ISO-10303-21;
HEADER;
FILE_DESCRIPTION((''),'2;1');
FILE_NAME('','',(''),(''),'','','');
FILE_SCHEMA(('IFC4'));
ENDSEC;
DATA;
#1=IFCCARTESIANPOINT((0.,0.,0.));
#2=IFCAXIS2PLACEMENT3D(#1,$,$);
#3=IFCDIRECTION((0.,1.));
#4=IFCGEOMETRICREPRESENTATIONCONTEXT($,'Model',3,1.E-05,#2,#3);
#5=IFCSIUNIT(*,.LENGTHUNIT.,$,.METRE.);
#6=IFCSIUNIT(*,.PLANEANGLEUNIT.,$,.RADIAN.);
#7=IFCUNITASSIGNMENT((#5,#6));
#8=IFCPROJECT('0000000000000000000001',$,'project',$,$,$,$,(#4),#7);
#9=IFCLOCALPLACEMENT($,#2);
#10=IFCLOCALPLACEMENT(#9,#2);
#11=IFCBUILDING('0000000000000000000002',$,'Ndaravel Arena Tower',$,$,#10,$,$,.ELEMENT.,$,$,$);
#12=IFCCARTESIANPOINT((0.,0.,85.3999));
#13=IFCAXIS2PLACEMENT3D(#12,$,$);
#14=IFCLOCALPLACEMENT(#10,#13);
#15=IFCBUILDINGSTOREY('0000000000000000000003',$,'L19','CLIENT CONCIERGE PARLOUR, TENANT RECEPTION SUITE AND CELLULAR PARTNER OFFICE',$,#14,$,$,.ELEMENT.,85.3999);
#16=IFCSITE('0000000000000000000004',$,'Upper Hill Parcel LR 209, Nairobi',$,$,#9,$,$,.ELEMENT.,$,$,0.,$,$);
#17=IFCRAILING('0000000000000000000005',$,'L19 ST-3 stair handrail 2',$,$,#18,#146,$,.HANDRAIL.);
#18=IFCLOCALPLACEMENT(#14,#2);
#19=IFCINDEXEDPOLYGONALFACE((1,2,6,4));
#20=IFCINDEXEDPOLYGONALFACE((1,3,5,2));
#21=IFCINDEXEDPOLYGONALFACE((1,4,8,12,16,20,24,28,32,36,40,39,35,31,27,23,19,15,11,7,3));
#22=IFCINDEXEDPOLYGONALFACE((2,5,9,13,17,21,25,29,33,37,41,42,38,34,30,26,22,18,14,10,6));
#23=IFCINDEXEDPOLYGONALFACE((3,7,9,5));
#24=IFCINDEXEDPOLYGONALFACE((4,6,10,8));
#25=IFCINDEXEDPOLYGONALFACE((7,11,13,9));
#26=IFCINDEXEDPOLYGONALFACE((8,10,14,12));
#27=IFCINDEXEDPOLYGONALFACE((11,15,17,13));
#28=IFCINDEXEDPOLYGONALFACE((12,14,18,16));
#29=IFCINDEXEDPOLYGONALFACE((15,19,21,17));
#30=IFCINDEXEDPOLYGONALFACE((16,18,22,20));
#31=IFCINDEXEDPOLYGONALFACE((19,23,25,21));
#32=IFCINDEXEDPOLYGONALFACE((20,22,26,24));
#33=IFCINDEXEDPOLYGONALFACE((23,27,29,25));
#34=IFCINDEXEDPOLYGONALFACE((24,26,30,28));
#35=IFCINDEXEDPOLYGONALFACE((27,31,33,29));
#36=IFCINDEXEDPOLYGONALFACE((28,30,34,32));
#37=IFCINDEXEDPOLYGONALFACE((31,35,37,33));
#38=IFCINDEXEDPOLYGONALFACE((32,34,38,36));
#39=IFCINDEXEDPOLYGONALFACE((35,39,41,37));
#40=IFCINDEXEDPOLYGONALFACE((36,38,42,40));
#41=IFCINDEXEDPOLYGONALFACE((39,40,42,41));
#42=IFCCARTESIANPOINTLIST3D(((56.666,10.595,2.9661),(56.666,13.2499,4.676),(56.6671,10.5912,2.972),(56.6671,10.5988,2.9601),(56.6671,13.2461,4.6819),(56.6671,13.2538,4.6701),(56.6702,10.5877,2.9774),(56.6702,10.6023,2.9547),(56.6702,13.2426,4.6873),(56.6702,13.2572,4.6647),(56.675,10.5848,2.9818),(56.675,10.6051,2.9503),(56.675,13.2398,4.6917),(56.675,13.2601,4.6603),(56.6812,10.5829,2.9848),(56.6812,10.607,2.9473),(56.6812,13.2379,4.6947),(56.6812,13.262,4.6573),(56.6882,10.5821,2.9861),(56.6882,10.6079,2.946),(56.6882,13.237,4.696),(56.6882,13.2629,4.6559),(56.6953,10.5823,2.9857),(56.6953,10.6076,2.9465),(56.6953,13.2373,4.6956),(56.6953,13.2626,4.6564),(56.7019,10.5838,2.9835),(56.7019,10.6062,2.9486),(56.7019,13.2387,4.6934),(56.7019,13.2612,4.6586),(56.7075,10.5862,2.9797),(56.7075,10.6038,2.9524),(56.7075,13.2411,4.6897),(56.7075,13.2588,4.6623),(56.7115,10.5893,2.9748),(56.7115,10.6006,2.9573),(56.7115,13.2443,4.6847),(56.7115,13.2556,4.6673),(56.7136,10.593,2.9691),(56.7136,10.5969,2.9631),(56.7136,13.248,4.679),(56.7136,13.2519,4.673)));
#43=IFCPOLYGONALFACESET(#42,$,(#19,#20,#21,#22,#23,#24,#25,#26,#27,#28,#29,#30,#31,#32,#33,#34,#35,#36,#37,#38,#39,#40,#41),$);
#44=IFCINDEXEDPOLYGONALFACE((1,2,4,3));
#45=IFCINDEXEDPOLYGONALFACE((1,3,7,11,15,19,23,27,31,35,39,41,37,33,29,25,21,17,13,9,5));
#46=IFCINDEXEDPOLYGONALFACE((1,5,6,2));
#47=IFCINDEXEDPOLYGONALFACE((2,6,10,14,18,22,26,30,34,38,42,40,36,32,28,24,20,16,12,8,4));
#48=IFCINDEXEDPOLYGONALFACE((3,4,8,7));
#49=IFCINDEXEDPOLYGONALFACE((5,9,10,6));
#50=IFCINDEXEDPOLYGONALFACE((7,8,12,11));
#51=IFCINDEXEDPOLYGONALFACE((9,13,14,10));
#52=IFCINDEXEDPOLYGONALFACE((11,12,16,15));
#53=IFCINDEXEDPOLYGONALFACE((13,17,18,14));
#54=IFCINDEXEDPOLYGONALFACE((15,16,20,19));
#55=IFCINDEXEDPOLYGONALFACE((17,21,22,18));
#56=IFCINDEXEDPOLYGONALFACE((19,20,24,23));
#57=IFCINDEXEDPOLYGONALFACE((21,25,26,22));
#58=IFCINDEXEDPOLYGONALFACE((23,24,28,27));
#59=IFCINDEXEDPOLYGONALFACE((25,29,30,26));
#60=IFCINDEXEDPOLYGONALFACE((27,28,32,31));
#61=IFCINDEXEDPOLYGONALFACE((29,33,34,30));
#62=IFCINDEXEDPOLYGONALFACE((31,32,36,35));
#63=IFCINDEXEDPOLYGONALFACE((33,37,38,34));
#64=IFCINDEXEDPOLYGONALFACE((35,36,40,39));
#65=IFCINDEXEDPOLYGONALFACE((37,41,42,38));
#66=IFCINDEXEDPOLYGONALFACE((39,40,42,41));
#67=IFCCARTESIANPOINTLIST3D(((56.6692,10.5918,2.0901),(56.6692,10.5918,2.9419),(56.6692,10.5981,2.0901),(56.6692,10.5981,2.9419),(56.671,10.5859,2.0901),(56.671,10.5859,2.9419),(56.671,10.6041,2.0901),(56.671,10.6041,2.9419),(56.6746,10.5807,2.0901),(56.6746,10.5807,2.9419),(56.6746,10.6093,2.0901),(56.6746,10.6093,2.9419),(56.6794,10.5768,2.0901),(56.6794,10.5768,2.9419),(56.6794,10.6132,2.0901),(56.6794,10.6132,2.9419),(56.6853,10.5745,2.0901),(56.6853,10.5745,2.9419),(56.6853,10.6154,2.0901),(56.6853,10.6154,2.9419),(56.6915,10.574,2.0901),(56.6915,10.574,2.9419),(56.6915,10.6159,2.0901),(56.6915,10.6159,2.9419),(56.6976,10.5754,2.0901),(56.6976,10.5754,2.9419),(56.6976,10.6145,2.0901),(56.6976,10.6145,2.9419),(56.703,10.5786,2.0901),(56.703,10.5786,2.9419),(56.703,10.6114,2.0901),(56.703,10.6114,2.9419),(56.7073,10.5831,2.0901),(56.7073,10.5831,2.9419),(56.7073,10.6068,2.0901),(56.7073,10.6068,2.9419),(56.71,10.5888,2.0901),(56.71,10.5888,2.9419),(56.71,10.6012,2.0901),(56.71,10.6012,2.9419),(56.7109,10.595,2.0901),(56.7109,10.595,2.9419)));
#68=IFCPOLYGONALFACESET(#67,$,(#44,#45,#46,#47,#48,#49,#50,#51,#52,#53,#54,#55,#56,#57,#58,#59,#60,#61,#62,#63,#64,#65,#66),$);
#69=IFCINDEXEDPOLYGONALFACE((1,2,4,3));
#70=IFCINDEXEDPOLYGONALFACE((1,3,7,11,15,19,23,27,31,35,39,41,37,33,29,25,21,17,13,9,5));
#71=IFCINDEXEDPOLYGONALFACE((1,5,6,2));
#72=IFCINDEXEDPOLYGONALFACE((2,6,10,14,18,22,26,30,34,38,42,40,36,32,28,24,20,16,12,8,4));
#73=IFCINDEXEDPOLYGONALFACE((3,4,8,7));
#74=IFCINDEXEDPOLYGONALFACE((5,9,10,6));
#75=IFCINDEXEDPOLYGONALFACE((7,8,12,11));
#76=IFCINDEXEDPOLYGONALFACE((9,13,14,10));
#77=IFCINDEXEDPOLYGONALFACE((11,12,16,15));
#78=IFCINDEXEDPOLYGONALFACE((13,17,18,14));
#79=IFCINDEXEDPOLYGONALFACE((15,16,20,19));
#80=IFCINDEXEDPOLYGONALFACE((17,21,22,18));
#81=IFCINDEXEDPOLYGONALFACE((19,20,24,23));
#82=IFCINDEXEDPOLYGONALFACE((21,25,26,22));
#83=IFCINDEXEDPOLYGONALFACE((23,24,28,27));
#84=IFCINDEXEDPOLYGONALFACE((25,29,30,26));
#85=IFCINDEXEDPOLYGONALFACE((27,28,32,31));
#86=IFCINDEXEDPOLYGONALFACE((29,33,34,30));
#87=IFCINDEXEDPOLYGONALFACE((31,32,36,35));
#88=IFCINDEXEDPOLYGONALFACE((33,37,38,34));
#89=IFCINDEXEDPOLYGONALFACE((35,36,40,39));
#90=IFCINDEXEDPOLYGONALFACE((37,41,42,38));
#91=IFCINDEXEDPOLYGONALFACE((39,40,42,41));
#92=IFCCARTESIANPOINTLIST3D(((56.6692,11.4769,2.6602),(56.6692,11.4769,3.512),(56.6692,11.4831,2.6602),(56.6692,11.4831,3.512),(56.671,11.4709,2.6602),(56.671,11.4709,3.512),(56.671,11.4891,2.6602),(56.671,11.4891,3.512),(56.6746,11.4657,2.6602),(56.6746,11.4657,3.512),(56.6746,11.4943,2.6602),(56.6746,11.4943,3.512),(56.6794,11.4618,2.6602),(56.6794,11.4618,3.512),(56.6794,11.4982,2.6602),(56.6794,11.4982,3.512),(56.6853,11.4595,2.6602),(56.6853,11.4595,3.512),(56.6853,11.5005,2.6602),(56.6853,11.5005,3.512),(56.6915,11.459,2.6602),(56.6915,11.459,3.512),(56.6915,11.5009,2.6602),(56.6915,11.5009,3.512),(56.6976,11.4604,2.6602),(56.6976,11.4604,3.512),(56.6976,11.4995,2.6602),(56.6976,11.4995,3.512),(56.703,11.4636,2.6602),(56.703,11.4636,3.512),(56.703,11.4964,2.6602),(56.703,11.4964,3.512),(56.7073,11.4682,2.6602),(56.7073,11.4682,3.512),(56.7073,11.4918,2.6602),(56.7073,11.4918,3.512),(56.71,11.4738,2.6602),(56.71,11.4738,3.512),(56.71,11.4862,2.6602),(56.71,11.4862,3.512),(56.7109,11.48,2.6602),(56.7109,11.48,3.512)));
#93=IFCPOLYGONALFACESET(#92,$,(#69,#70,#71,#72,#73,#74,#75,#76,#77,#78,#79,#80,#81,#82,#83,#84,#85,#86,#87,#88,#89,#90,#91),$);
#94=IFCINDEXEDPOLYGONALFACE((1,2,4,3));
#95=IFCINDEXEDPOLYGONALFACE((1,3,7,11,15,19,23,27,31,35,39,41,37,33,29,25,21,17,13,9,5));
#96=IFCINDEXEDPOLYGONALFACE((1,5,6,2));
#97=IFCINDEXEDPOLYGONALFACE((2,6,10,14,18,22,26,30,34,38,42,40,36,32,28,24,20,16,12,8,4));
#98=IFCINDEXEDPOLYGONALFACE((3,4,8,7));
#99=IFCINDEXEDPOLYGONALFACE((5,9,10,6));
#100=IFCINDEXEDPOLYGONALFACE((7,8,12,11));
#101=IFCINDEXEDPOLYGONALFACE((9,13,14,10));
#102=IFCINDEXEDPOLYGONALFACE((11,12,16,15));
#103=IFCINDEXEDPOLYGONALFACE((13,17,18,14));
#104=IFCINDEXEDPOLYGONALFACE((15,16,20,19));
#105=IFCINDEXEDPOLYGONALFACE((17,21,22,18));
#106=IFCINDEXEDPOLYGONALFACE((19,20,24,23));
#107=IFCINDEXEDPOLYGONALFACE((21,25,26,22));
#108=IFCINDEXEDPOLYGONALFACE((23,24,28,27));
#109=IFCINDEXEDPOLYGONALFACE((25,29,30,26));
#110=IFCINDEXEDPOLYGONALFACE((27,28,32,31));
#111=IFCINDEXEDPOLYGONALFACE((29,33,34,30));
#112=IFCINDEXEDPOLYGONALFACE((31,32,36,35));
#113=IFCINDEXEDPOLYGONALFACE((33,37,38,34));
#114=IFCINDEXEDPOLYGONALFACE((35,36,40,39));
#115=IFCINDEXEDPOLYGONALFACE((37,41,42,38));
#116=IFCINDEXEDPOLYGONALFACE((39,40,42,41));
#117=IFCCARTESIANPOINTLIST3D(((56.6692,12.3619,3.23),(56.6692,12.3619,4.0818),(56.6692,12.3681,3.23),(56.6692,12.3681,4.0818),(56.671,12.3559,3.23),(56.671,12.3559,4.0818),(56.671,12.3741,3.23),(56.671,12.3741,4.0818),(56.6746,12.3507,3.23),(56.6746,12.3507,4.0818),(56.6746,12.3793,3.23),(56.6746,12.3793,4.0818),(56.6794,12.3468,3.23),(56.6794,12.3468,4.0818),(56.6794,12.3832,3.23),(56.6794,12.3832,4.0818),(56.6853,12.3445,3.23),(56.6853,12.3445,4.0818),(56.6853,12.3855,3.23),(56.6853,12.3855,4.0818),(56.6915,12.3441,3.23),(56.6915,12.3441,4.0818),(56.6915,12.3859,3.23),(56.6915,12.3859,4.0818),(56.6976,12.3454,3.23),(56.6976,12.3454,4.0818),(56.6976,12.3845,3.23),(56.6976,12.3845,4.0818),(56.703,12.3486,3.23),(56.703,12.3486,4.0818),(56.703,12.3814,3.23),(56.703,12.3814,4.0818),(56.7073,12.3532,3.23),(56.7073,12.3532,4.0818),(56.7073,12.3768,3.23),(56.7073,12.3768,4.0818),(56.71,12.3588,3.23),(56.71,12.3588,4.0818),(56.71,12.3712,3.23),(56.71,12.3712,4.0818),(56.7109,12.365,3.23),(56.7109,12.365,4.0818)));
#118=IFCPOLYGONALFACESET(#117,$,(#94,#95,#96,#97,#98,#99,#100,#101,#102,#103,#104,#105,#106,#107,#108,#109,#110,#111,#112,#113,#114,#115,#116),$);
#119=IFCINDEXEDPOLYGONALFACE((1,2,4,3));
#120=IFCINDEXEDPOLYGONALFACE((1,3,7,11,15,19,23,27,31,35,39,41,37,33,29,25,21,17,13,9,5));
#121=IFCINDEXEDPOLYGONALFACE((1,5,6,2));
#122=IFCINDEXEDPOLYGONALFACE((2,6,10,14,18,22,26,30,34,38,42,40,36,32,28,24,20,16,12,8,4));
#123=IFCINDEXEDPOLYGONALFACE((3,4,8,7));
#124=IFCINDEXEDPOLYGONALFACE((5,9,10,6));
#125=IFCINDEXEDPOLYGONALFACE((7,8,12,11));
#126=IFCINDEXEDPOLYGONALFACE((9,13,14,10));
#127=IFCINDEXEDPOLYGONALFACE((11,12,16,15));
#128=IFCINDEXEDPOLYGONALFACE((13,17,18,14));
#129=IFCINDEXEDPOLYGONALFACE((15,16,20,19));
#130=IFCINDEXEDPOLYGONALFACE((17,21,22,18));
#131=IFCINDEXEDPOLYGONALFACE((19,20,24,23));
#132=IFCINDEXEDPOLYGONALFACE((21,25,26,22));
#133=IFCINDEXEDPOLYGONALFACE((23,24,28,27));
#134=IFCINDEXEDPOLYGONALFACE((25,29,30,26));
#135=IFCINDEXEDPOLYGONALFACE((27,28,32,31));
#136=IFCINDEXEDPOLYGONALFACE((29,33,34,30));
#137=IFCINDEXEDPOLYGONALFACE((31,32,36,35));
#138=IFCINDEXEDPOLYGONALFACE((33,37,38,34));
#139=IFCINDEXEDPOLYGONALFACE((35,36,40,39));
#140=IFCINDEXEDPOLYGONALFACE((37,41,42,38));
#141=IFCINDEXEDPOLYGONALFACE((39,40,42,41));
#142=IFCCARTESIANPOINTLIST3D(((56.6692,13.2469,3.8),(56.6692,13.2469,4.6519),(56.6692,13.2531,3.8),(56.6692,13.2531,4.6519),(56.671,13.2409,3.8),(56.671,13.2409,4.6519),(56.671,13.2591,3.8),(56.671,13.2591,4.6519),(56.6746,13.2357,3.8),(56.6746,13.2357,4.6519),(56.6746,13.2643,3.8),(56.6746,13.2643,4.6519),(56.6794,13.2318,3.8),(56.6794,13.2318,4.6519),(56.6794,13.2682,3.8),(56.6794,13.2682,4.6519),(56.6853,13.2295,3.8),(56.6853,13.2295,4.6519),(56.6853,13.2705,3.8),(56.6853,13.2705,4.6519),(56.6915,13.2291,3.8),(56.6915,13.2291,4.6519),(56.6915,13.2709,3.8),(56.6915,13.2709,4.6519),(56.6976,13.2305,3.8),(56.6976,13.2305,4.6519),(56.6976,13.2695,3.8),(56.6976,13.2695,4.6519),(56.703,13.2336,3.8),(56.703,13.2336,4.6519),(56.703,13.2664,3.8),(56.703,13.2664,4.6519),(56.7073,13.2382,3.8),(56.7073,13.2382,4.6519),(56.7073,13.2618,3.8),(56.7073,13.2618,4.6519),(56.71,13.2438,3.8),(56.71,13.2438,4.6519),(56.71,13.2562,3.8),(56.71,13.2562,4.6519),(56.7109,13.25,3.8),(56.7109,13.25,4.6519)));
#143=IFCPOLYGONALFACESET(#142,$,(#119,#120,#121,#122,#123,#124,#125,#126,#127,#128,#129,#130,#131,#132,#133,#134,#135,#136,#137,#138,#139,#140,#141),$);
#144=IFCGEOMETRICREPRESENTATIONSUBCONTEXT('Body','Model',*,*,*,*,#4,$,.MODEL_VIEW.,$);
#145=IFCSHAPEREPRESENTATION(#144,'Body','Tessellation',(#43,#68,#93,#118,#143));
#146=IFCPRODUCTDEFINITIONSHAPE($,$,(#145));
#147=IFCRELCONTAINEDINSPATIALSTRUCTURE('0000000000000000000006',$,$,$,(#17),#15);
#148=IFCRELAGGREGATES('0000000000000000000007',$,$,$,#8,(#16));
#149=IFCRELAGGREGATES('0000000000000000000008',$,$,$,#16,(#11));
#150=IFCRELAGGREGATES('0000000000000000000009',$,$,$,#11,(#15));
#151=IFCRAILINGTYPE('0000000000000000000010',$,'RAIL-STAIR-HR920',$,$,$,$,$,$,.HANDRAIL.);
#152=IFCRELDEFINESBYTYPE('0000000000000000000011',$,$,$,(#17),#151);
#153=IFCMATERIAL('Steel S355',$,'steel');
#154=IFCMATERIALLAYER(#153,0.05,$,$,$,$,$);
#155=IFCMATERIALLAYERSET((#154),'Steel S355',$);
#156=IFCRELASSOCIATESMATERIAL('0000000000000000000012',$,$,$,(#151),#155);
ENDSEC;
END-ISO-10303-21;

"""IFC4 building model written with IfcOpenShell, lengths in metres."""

from ifc_helpers import new_model, si_unit, direction, frame, origin, origin_2d, place, context, subcontext, project, spatial, circle, extrude, material, layer, layer_set, type_object, element, save


model = new_model("IFC4")

# Units and contexts
model_context = context("Model", 3, precision=1e-05, world=origin(), true_north=direction((0.0, 1.0)))
body_context = subcontext(model_context, "Body", "Model", "MODEL_VIEW")
ifc_project = project(units=[si_unit("LENGTHUNIT", "METRE"), si_unit("PLANEANGLEUNIT", "RADIAN")], contexts=[model_context])

# Site, building, storey
site_placement = place(None, origin())
site = spatial("IfcSite", under=ifc_project, at=site_placement, Name="Upper Hill Parcel LR 209, Nairobi", CompositionType="ELEMENT", RefElevation=0.0)
building_placement = place(site_placement, origin())
building = spatial("IfcBuilding", under=site, at=building_placement, Name="Ndaravel Arena Tower", CompositionType="ELEMENT")
storey_placement = place(building_placement, frame((0.0, 0.0, 85.3999)))
storey = spatial("IfcBuildingStorey", under=building, at=storey_placement, Name="L19", Description="CLIENT CONCIERGE PARLOUR, TENANT RECEPTION SUITE AND CELLULAR PARTNER OFFICE", CompositionType="ELEMENT", Elevation=85.3999)

# Railing
ifc_material_1 = material(Name="Steel S355", Category="steel")
ifc_layer_1 = layer(ifc_material_1, 0.05)
ifc_layer_set_1 = layer_set([ifc_layer_1], Name="Steel S355")
railing_type_1 = type_object("IfcRailingType", Name="RAIL-STAIR-HR920", PredefinedType="HANDRAIL", material=ifc_layer_set_1)
railing_1_placement = place(storey_placement, frame((56.6899, 10.595, 2.0901)))
element("IfcRailing", 1, at=railing_1_placement, inside=storey, type_object=railing_type_1, Name="L19 ST-3 stair handrail 2", PredefinedType="HANDRAIL", context=body_context, shape_type="SweptSolid", body=[
    extrude(circle(Radius=0.0239, at=origin_2d()), frame((0.0, 0.0, 0.876), z_axis=(0.0, 0.840724, 0.541465), x_axis=(-1.0, 0.0, 0.0)), (0.0, 0.0, 1.0), 3.158),
    extrude(circle(Radius=0.021, at=origin_2d()), origin(), (0.0, 0.0, 1.0), 0.8518),
    extrude(circle(Radius=0.021, at=origin_2d()), frame((0.0, 0.885, 0.5701)), (0.0, 0.0, 1.0), 0.8518),
    extrude(circle(Radius=0.021, at=origin_2d()), frame((0.0, 1.77, 1.1399)), (0.0, 0.0, 1.0), 0.8518),
    extrude(circle(Radius=0.021, at=origin_2d()), frame((0.0, 2.655, 1.71)), (0.0, 0.0, 1.0), 0.8518),
])

save(model, "model.ifc")
